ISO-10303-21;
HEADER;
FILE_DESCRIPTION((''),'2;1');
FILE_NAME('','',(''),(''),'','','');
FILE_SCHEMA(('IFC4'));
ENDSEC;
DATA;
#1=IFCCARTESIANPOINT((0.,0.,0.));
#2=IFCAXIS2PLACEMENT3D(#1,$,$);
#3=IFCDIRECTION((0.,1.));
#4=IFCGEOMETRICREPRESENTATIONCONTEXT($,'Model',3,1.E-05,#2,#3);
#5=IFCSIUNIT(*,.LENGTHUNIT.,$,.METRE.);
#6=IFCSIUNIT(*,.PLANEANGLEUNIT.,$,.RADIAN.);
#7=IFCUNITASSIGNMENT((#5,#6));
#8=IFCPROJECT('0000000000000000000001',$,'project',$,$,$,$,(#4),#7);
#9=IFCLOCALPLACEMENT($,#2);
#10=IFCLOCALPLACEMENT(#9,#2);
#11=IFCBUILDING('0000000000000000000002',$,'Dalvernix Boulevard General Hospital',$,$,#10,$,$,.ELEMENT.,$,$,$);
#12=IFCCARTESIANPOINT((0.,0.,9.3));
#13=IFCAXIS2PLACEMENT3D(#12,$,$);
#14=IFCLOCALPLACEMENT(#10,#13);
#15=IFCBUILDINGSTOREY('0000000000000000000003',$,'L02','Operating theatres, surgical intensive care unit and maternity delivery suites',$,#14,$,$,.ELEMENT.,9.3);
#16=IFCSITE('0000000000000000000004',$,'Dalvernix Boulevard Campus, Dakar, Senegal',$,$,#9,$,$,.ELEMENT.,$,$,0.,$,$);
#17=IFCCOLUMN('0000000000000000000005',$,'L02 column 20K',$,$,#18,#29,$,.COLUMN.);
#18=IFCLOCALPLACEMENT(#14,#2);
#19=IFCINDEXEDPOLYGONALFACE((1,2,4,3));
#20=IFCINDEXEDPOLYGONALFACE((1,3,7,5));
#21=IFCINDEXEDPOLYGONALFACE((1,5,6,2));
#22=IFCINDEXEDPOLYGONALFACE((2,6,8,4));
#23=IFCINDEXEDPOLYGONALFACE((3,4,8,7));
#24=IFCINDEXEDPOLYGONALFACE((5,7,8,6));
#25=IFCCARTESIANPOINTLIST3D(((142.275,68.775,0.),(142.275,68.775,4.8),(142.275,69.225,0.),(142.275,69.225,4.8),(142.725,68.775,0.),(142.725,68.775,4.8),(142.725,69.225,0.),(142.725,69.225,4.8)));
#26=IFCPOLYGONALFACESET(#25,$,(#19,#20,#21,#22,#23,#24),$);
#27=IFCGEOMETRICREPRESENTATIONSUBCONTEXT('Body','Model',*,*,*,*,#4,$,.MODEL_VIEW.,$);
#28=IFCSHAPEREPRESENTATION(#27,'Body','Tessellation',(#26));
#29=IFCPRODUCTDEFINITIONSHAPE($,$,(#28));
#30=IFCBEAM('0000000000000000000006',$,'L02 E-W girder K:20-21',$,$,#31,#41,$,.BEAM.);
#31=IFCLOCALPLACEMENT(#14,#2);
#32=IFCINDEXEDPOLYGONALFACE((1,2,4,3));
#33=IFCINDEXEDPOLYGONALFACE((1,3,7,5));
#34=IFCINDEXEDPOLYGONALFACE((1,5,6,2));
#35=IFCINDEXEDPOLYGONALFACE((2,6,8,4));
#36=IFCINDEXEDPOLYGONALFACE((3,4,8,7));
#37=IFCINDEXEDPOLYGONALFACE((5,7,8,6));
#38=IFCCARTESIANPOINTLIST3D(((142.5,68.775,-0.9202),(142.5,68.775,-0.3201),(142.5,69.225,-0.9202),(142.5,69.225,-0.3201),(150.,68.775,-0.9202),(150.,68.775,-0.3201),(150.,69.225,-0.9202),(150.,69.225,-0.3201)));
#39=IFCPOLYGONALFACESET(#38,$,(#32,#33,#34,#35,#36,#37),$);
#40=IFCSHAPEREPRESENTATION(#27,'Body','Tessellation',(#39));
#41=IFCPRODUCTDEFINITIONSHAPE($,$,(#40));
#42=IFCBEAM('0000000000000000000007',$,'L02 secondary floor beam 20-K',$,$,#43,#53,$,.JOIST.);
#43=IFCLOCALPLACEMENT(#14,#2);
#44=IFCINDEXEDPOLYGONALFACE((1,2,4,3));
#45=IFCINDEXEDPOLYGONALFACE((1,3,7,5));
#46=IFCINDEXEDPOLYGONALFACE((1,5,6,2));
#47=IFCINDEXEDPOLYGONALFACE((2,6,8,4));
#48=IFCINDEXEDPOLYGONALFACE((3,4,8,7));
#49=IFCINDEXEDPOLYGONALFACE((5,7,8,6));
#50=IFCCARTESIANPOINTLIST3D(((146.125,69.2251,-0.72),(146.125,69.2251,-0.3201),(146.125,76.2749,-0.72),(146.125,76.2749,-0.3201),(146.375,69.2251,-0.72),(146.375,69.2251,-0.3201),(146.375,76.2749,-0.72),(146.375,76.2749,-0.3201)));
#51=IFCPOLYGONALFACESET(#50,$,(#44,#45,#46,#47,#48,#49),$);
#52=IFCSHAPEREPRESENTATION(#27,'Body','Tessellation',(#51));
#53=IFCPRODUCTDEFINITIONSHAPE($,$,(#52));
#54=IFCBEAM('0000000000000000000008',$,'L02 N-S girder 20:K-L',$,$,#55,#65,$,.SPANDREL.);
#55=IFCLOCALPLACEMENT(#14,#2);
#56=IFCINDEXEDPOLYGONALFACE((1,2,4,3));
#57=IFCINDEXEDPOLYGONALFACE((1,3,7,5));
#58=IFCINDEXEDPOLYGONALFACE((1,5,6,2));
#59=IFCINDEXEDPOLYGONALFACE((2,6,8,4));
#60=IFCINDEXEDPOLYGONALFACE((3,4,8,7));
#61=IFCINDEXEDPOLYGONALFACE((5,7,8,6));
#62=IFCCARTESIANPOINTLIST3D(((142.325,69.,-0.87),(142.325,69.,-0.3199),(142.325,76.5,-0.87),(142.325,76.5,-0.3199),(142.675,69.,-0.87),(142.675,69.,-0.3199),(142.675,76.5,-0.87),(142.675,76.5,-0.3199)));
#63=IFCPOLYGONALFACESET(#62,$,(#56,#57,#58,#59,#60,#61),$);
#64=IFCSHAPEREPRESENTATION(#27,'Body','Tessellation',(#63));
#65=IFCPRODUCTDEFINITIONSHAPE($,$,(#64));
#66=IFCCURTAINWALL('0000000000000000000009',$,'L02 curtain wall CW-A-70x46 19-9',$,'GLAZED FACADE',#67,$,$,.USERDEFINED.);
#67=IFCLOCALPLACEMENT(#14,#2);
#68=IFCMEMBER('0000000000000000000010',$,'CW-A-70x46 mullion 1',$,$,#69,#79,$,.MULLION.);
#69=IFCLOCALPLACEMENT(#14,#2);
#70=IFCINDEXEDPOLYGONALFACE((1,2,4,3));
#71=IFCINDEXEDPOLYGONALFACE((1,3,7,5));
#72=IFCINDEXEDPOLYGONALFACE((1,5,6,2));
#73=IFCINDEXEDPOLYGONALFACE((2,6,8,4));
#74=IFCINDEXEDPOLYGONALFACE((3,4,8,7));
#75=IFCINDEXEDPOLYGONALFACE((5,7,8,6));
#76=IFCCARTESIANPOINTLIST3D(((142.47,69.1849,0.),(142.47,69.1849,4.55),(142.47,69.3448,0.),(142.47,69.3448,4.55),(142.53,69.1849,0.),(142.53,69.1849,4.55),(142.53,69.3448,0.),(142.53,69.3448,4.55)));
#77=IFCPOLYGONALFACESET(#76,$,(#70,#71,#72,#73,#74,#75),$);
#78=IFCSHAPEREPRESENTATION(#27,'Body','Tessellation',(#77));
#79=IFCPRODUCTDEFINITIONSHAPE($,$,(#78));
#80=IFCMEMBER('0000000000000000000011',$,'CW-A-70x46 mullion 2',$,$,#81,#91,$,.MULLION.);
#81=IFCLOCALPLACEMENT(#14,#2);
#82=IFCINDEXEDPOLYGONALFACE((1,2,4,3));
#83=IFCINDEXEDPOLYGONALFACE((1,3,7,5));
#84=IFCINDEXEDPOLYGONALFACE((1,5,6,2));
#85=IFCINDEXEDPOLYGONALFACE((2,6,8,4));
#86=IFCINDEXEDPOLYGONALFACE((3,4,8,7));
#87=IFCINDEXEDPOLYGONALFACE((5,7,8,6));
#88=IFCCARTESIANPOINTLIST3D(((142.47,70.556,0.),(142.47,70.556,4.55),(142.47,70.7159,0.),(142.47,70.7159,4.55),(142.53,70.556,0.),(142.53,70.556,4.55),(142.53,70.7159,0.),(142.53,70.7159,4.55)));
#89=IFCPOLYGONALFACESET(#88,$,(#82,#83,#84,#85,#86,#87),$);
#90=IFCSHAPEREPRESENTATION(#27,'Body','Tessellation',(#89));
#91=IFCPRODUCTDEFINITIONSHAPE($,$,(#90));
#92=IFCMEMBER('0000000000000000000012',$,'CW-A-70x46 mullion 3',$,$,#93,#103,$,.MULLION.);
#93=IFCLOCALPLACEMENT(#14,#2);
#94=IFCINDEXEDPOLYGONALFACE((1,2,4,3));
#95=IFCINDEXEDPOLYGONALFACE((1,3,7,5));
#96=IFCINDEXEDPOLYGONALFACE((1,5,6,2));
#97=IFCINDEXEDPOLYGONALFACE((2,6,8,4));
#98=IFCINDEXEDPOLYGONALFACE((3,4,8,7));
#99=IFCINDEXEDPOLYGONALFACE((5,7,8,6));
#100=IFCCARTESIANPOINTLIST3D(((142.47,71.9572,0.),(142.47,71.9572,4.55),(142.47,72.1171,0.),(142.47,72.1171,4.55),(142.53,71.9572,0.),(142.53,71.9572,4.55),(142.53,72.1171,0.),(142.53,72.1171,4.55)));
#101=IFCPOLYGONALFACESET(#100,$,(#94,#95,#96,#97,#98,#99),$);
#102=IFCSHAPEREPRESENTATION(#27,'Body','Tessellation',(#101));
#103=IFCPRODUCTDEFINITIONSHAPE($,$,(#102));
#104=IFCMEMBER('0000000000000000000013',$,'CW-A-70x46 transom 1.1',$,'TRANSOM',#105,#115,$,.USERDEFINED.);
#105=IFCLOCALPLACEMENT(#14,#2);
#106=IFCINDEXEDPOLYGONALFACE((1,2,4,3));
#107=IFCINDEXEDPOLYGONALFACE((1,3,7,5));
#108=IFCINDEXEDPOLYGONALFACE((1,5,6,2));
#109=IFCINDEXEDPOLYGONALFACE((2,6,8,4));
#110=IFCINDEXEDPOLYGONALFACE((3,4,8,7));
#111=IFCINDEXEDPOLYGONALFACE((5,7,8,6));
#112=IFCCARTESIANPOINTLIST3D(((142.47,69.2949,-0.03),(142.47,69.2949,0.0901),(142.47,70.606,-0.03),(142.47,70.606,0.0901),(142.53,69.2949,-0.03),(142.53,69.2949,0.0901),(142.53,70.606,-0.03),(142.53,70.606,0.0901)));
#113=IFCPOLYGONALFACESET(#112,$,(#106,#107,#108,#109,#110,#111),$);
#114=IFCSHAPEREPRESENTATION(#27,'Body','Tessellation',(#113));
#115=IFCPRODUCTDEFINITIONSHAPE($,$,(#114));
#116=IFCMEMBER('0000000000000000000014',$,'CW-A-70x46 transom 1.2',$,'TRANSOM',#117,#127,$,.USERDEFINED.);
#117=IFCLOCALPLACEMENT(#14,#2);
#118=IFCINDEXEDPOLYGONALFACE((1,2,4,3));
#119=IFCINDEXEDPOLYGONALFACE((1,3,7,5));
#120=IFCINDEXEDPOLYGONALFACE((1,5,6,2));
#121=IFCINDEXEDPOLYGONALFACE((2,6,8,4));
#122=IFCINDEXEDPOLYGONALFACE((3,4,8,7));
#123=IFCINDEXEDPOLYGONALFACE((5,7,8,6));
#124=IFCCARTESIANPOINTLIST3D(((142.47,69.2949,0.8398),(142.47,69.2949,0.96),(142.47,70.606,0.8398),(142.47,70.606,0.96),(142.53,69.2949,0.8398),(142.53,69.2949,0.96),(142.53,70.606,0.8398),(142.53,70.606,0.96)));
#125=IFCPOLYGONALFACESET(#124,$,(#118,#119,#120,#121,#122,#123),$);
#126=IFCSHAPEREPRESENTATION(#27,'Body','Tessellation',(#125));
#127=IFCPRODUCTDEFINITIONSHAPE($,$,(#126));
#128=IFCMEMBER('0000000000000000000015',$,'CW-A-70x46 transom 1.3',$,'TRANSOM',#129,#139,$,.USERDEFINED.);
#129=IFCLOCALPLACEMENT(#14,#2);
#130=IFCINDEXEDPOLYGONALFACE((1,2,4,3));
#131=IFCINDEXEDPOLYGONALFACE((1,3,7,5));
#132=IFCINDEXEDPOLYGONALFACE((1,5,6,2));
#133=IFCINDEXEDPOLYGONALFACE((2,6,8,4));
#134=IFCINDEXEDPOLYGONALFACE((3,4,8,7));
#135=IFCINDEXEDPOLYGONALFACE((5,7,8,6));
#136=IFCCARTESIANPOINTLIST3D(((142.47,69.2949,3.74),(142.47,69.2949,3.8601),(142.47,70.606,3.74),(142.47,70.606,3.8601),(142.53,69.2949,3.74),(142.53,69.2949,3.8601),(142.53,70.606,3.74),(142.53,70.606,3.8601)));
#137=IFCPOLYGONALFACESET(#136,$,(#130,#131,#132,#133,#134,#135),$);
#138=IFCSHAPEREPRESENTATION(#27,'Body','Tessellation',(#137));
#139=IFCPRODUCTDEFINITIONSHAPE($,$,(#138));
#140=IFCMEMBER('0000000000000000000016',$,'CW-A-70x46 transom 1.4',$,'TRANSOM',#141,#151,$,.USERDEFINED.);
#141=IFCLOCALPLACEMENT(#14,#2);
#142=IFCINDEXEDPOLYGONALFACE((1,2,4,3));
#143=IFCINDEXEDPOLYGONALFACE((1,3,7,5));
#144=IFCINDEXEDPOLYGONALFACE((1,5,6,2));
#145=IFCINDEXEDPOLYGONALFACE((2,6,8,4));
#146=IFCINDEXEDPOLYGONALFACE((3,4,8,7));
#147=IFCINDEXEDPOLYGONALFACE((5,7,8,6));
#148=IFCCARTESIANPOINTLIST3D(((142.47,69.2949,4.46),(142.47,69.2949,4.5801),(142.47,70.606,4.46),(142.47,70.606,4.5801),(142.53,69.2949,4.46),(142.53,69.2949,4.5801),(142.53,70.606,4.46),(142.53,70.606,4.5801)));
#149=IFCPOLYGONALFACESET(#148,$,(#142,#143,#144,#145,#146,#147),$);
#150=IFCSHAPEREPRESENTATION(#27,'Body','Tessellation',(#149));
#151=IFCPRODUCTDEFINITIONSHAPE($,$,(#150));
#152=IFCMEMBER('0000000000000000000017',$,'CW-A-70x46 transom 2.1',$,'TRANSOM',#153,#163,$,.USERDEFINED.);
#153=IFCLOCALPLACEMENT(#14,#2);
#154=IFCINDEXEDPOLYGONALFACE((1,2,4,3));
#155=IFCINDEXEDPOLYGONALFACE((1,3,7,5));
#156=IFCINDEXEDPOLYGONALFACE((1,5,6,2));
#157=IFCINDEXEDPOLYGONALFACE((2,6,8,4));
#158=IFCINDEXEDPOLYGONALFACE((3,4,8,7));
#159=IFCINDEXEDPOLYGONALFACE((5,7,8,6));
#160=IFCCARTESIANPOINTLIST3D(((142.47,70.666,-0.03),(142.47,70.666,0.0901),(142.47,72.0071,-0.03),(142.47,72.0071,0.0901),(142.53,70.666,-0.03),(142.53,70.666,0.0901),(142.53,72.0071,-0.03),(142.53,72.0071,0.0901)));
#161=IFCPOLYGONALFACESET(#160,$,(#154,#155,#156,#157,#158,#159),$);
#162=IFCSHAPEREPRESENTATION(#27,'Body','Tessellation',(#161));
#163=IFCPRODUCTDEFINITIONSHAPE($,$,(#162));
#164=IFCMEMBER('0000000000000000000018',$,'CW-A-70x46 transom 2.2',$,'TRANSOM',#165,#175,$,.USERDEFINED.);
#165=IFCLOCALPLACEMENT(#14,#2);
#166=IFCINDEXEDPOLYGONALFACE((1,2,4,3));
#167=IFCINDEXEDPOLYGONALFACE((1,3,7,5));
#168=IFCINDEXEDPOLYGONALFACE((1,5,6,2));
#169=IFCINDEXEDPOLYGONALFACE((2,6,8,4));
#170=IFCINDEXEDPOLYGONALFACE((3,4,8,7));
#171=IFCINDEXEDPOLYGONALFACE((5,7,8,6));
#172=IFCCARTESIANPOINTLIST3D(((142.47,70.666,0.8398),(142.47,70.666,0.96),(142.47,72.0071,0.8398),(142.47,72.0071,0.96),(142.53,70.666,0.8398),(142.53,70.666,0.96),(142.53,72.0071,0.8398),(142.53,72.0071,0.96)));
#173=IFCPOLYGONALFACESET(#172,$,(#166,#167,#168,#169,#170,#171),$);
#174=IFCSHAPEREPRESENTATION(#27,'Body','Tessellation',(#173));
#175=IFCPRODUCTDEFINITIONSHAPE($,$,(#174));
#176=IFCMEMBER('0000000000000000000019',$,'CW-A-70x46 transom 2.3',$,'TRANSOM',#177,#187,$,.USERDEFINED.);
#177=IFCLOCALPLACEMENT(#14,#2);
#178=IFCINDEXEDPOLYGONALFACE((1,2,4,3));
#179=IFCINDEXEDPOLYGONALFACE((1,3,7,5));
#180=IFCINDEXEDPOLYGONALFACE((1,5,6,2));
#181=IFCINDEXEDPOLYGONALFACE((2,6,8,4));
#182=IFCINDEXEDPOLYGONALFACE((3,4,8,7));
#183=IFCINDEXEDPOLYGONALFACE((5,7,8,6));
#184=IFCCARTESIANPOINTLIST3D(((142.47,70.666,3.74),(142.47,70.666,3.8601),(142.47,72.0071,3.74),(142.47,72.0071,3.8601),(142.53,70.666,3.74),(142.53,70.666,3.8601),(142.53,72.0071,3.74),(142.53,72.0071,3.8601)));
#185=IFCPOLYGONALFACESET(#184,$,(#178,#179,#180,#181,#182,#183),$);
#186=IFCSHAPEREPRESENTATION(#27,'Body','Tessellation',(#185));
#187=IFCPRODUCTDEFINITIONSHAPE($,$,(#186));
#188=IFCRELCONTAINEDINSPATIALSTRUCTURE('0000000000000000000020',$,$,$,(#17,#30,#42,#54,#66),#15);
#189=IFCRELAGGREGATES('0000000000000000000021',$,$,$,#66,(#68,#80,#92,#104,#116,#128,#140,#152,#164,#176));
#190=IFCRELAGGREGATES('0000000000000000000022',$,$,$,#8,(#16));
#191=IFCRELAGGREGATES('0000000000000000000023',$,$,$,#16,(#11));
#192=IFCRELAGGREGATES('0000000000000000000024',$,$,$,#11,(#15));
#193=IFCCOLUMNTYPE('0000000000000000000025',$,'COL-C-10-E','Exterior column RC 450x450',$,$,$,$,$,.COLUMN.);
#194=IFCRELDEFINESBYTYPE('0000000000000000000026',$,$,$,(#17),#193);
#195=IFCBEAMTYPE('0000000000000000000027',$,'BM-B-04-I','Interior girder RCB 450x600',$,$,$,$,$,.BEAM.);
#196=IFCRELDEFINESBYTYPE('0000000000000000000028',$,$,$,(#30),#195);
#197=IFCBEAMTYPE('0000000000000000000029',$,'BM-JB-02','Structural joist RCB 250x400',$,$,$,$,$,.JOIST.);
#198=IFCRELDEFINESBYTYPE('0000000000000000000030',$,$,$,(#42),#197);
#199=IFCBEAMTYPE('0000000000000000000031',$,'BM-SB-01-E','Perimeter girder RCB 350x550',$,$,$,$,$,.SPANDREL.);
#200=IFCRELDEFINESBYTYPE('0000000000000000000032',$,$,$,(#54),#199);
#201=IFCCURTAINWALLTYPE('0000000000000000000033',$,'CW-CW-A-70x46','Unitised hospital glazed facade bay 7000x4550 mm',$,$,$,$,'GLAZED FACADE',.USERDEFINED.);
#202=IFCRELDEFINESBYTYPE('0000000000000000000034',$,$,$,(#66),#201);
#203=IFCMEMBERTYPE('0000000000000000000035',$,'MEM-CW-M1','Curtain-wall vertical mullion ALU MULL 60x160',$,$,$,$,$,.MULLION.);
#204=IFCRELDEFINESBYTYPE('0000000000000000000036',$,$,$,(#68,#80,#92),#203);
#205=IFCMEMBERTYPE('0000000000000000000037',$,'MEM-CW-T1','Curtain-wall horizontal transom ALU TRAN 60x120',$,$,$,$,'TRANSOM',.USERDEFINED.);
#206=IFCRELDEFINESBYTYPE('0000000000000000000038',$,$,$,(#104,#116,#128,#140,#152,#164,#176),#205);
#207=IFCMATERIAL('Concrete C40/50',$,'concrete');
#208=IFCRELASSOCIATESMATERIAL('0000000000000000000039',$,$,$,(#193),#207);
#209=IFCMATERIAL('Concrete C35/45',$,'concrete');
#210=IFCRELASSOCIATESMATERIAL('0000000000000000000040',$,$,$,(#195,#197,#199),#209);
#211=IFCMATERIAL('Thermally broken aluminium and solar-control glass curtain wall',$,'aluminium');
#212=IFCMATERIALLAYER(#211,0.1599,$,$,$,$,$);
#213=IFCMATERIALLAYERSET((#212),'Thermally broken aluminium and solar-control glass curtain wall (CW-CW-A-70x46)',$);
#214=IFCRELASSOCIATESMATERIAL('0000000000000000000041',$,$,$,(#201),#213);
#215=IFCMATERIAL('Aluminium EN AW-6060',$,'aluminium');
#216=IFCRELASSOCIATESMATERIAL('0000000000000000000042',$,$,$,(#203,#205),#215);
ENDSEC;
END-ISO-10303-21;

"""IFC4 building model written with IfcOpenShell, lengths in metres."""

from ifc_helpers import new_model, si_unit, direction, frame, origin, origin_2d, place, context, subcontext, project, spatial, rectangle, extrude, material, layer, layer_set, material_profile, profile_set, type_object, element, aggregate, save


model = new_model("IFC4")

# Units and contexts
model_context = context("Model", 3, precision=1e-05, world=origin(), true_north=direction((0.0, 1.0)))
body_context = subcontext(model_context, "Body", "Model", "MODEL_VIEW")
ifc_project = project(units=[si_unit("LENGTHUNIT", "METRE"), si_unit("PLANEANGLEUNIT", "RADIAN")], contexts=[model_context])

# Site, building, storey
site_placement = place(None, origin())
site = spatial("IfcSite", under=ifc_project, at=site_placement, Name="Dalvernix Boulevard Campus, Dakar, Senegal", CompositionType="ELEMENT", RefElevation=0.0)
building_placement = place(site_placement, origin())
building = spatial("IfcBuilding", under=site, at=building_placement, Name="Dalvernix Boulevard General Hospital", CompositionType="ELEMENT")
storey_placement = place(building_placement, frame((0.0, 0.0, 9.3)))
storey = spatial("IfcBuildingStorey", under=building, at=storey_placement, Name="L02", Description="Operating theatres, surgical intensive care unit and maternity delivery suites", CompositionType="ELEMENT", Elevation=9.3)

# Column
ifc_material_1 = material(Name="Concrete C40/50", Category="concrete")
ifc_material_profile_1 = material_profile(ifc_material_1, rectangle(XDim=0.45, YDim=0.45, at=origin_2d()), Name="RC 450x450")
ifc_profile_set_1 = profile_set([ifc_material_profile_1], Name="Concrete C40/50")
column_type = type_object("IfcColumnType", Name="COL-C-10-E", Description="Exterior column RC 450x450", PredefinedType="COLUMN", material=ifc_profile_set_1)
column_placement = place(storey_placement, frame((142.5, 69.0, 0.0), z_axis=(0.0, 0.0, 1.0), x_axis=(1.0, 0.0, 0.0)))
element("IfcColumn", 1, at=column_placement, inside=storey, type_object=column_type, Name="L02 column 20K", PredefinedType="COLUMN", context=body_context, shape_type="SweptSolid", body=[
    extrude(rectangle(XDim=0.45, YDim=0.45, at=origin_2d()), origin(), (0.0, 0.0, 1.0), 4.8),
])

# Beams
ifc_material_2 = material(Name="Concrete C35/45", Category="concrete")
ifc_material_profile_2 = material_profile(ifc_material_2, rectangle(XDim=0.45, YDim=0.6001, at=origin_2d()), Name="RCB 450x600")
ifc_profile_set_2 = profile_set([ifc_material_profile_2], Name="Concrete C35/45")
beam_type_1 = type_object("IfcBeamType", Name="BM-B-04-I", Description="Interior girder RCB 450x600", PredefinedType="BEAM", material=ifc_profile_set_2)
beam_1_placement = place(storey_placement, frame((142.5, 69.0, -0.6201), z_axis=(1.0, 0.0, 0.0), x_axis=(0.0, 1.0, 0.0)))
element("IfcBeam", 2, at=beam_1_placement, inside=storey, type_object=beam_type_1, Name="L02 E-W girder K:20-21", PredefinedType="BEAM", context=body_context, shape_type="SweptSolid", body=[
    extrude(rectangle(XDim=0.45, YDim=0.6001, at=origin_2d()), origin(), (0.0, 0.0, 1.0), 7.5),
])
ifc_material_profile_3 = material_profile(ifc_material_2, rectangle(XDim=0.25, YDim=0.3999, at=origin_2d()), Name="RCB 250x400")
ifc_profile_set_3 = profile_set([ifc_material_profile_3], Name="Concrete C35/45")
beam_type_2 = type_object("IfcBeamType", Name="BM-JB-02", Description="Structural joist RCB 250x400", PredefinedType="JOIST", material=ifc_profile_set_3)
beam_2_placement = place(storey_placement, frame((146.25, 69.2251, -0.52), z_axis=(0.0, 1.0, 0.0), x_axis=(-1.0, 0.0, 0.0)))
element("IfcBeam", 3, at=beam_2_placement, inside=storey, type_object=beam_type_2, Name="L02 secondary floor beam 20-K", PredefinedType="JOIST", context=body_context, shape_type="SweptSolid", body=[
    extrude(rectangle(XDim=0.25, YDim=0.3999, at=origin_2d()), origin(), (0.0, 0.0, 1.0), 7.0498),
])
ifc_material_profile_4 = material_profile(ifc_material_2, rectangle(XDim=0.3501, YDim=0.55, at=origin_2d()), Name="RCB 350x550")
ifc_profile_set_4 = profile_set([ifc_material_profile_4], Name="Concrete C35/45")
beam_type_3 = type_object("IfcBeamType", Name="BM-SB-01-E", Description="Perimeter girder RCB 350x550", PredefinedType="SPANDREL", material=ifc_profile_set_4)
beam_3_placement = place(storey_placement, frame((142.5, 69.0, -0.595), z_axis=(0.0, 1.0, 0.0), x_axis=(-1.0, 0.0, 0.0)))
element("IfcBeam", 4, at=beam_3_placement, inside=storey, type_object=beam_type_3, Name="L02 N-S girder 20:K-L", PredefinedType="SPANDREL", context=body_context, shape_type="SweptSolid", body=[
    extrude(rectangle(XDim=0.3501, YDim=0.55, at=origin_2d()), origin(), (0.0, 0.0, 1.0), 7.5),
])

# Curtain wall, members
ifc_material_3 = material(Name="Thermally broken aluminium and solar-control glass curtain wall", Category="aluminium")
ifc_layer_1 = layer(ifc_material_3, 0.1599)
ifc_layer_set_1 = layer_set([ifc_layer_1], Name="Thermally broken aluminium and solar-control glass curtain wall (CW-CW-A-70x46)")
curtain_wall_type = type_object("IfcCurtainWallType", Name="CW-CW-A-70x46", Description="Unitised hospital glazed facade bay 7000x4550 mm", ElementType="GLAZED FACADE", PredefinedType="USERDEFINED", material=ifc_layer_set_1)
curtain_wall_placement = place(storey_placement, origin())
curtain_wall = element("IfcCurtainWall", 5, at=curtain_wall_placement, inside=storey, type_object=curtain_wall_type, Name="L02 curtain wall CW-A-70x46 19-9", ObjectType="GLAZED FACADE", PredefinedType="USERDEFINED")
ifc_material_4 = material(Name="Aluminium EN AW-6060", Category="aluminium")
ifc_material_profile_5 = material_profile(ifc_material_4, rectangle(XDim=0.0601, YDim=0.1599, at=origin_2d()), Name="ALU MULL 60x160")
ifc_profile_set_5 = profile_set([ifc_material_profile_5], Name="Aluminium EN AW-6060")
member_type_1 = type_object("IfcMemberType", Name="MEM-CW-M1", Description="Curtain-wall vertical mullion ALU MULL 60x160", PredefinedType="MULLION", material=ifc_profile_set_5)
member_1_placement = place(storey_placement, frame((142.5, 69.2649, 0.0), z_axis=(0.0, 0.0, 1.0), x_axis=(-1.0, 0.0, 0.0)))
member_1 = element("IfcMember", 6, at=member_1_placement, type_object=member_type_1, Name="CW-A-70x46 mullion 1", PredefinedType="MULLION", context=body_context, shape_type="SweptSolid", body=[
    extrude(rectangle(XDim=0.0601, YDim=0.1599, at=origin_2d()), origin(), (0.0, 0.0, 1.0), 4.55),
])
member_2_placement = place(storey_placement, frame((142.5, 70.636, 0.0), z_axis=(0.0, 0.0, 1.0), x_axis=(-1.0, 0.0, 0.0)))
member_2 = element("IfcMember", 7, at=member_2_placement, type_object=member_type_1, Name="CW-A-70x46 mullion 2", PredefinedType="MULLION", context=body_context, shape_type="SweptSolid", body=[
    extrude(rectangle(XDim=0.0601, YDim=0.1599, at=origin_2d()), origin(), (0.0, 0.0, 1.0), 4.55),
])
member_3_placement = place(storey_placement, frame((142.5, 72.0371, 0.0), z_axis=(0.0, 0.0, 1.0), x_axis=(-1.0, 0.0, 0.0)))
member_3 = element("IfcMember", 8, at=member_3_placement, type_object=member_type_1, Name="CW-A-70x46 mullion 3", PredefinedType="MULLION", context=body_context, shape_type="SweptSolid", body=[
    extrude(rectangle(XDim=0.0601, YDim=0.1599, at=origin_2d()), origin(), (0.0, 0.0, 1.0), 4.55),
])
ifc_material_profile_6 = material_profile(ifc_material_4, rectangle(XDim=0.0601, YDim=0.1201, at=origin_2d()), Name="ALU TRAN 60x120")
ifc_profile_set_6 = profile_set([ifc_material_profile_6], Name="Aluminium EN AW-6060")
member_type_2 = type_object("IfcMemberType", Name="MEM-CW-T1", Description="Curtain-wall horizontal transom ALU TRAN 60x120", ElementType="TRANSOM", PredefinedType="USERDEFINED", material=ifc_profile_set_6)
member_4_placement = place(storey_placement, frame((142.5, 69.2949, 0.03), z_axis=(0.0, 1.0, 0.0), x_axis=(-1.0, 0.0, 0.0)))
member_4 = element("IfcMember", 9, at=member_4_placement, type_object=member_type_2, Name="CW-A-70x46 transom 1.1", ObjectType="TRANSOM", PredefinedType="USERDEFINED", context=body_context, shape_type="SweptSolid", body=[
    extrude(rectangle(XDim=0.0601, YDim=0.1201, at=origin_2d()), origin(), (0.0, 0.0, 1.0), 1.311),
])
member_5_placement = place(storey_placement, frame((142.5, 69.2949, 0.8999), z_axis=(0.0, 1.0, 0.0), x_axis=(-1.0, 0.0, 0.0)))
member_5 = element("IfcMember", 10, at=member_5_placement, type_object=member_type_2, Name="CW-A-70x46 transom 1.2", ObjectType="TRANSOM", PredefinedType="USERDEFINED", context=body_context, shape_type="SweptSolid", body=[
    extrude(rectangle(XDim=0.0601, YDim=0.1201, at=origin_2d()), origin(), (0.0, 0.0, 1.0), 1.311),
])
member_6_placement = place(storey_placement, frame((142.5, 69.2949, 3.8), z_axis=(0.0, 1.0, 0.0), x_axis=(-1.0, 0.0, 0.0)))
member_6 = element("IfcMember", 11, at=member_6_placement, type_object=member_type_2, Name="CW-A-70x46 transom 1.3", ObjectType="TRANSOM", PredefinedType="USERDEFINED", context=body_context, shape_type="SweptSolid", body=[
    extrude(rectangle(XDim=0.0601, YDim=0.1201, at=origin_2d()), origin(), (0.0, 0.0, 1.0), 1.311),
])
member_7_placement = place(storey_placement, frame((142.5, 69.2949, 4.52), z_axis=(0.0, 1.0, 0.0), x_axis=(-1.0, 0.0, 0.0)))
member_7 = element("IfcMember", 12, at=member_7_placement, type_object=member_type_2, Name="CW-A-70x46 transom 1.4", ObjectType="TRANSOM", PredefinedType="USERDEFINED", context=body_context, shape_type="SweptSolid", body=[
    extrude(rectangle(XDim=0.0601, YDim=0.1201, at=origin_2d()), origin(), (0.0, 0.0, 1.0), 1.311),
])
member_8_placement = place(storey_placement, frame((142.5, 70.666, 0.03), z_axis=(0.0, 1.0, 0.0), x_axis=(-1.0, 0.0, 0.0)))
member_8 = element("IfcMember", 13, at=member_8_placement, type_object=member_type_2, Name="CW-A-70x46 transom 2.1", ObjectType="TRANSOM", PredefinedType="USERDEFINED", context=body_context, shape_type="SweptSolid", body=[
    extrude(rectangle(XDim=0.0601, YDim=0.1201, at=origin_2d()), origin(), (0.0, 0.0, 1.0), 1.3411),
])
member_9_placement = place(storey_placement, frame((142.5, 70.666, 0.8999), z_axis=(0.0, 1.0, 0.0), x_axis=(-1.0, 0.0, 0.0)))
member_9 = element("IfcMember", 14, at=member_9_placement, type_object=member_type_2, Name="CW-A-70x46 transom 2.2", ObjectType="TRANSOM", PredefinedType="USERDEFINED", context=body_context, shape_type="SweptSolid", body=[
    extrude(rectangle(XDim=0.0601, YDim=0.1201, at=origin_2d()), origin(), (0.0, 0.0, 1.0), 1.3411),
])
member_10_placement = place(storey_placement, frame((142.5, 70.666, 3.8), z_axis=(0.0, 1.0, 0.0), x_axis=(-1.0, 0.0, 0.0)))
member_10 = element("IfcMember", 15, at=member_10_placement, type_object=member_type_2, Name="CW-A-70x46 transom 2.3", ObjectType="TRANSOM", PredefinedType="USERDEFINED", context=body_context, shape_type="SweptSolid", body=[
    extrude(rectangle(XDim=0.0601, YDim=0.1201, at=origin_2d()), origin(), (0.0, 0.0, 1.0), 1.3411),
])
aggregate(curtain_wall, [member_1, member_2, member_3, member_4, member_5, member_6, member_7, member_8, member_9, member_10])

save(model, "model.ifc")
